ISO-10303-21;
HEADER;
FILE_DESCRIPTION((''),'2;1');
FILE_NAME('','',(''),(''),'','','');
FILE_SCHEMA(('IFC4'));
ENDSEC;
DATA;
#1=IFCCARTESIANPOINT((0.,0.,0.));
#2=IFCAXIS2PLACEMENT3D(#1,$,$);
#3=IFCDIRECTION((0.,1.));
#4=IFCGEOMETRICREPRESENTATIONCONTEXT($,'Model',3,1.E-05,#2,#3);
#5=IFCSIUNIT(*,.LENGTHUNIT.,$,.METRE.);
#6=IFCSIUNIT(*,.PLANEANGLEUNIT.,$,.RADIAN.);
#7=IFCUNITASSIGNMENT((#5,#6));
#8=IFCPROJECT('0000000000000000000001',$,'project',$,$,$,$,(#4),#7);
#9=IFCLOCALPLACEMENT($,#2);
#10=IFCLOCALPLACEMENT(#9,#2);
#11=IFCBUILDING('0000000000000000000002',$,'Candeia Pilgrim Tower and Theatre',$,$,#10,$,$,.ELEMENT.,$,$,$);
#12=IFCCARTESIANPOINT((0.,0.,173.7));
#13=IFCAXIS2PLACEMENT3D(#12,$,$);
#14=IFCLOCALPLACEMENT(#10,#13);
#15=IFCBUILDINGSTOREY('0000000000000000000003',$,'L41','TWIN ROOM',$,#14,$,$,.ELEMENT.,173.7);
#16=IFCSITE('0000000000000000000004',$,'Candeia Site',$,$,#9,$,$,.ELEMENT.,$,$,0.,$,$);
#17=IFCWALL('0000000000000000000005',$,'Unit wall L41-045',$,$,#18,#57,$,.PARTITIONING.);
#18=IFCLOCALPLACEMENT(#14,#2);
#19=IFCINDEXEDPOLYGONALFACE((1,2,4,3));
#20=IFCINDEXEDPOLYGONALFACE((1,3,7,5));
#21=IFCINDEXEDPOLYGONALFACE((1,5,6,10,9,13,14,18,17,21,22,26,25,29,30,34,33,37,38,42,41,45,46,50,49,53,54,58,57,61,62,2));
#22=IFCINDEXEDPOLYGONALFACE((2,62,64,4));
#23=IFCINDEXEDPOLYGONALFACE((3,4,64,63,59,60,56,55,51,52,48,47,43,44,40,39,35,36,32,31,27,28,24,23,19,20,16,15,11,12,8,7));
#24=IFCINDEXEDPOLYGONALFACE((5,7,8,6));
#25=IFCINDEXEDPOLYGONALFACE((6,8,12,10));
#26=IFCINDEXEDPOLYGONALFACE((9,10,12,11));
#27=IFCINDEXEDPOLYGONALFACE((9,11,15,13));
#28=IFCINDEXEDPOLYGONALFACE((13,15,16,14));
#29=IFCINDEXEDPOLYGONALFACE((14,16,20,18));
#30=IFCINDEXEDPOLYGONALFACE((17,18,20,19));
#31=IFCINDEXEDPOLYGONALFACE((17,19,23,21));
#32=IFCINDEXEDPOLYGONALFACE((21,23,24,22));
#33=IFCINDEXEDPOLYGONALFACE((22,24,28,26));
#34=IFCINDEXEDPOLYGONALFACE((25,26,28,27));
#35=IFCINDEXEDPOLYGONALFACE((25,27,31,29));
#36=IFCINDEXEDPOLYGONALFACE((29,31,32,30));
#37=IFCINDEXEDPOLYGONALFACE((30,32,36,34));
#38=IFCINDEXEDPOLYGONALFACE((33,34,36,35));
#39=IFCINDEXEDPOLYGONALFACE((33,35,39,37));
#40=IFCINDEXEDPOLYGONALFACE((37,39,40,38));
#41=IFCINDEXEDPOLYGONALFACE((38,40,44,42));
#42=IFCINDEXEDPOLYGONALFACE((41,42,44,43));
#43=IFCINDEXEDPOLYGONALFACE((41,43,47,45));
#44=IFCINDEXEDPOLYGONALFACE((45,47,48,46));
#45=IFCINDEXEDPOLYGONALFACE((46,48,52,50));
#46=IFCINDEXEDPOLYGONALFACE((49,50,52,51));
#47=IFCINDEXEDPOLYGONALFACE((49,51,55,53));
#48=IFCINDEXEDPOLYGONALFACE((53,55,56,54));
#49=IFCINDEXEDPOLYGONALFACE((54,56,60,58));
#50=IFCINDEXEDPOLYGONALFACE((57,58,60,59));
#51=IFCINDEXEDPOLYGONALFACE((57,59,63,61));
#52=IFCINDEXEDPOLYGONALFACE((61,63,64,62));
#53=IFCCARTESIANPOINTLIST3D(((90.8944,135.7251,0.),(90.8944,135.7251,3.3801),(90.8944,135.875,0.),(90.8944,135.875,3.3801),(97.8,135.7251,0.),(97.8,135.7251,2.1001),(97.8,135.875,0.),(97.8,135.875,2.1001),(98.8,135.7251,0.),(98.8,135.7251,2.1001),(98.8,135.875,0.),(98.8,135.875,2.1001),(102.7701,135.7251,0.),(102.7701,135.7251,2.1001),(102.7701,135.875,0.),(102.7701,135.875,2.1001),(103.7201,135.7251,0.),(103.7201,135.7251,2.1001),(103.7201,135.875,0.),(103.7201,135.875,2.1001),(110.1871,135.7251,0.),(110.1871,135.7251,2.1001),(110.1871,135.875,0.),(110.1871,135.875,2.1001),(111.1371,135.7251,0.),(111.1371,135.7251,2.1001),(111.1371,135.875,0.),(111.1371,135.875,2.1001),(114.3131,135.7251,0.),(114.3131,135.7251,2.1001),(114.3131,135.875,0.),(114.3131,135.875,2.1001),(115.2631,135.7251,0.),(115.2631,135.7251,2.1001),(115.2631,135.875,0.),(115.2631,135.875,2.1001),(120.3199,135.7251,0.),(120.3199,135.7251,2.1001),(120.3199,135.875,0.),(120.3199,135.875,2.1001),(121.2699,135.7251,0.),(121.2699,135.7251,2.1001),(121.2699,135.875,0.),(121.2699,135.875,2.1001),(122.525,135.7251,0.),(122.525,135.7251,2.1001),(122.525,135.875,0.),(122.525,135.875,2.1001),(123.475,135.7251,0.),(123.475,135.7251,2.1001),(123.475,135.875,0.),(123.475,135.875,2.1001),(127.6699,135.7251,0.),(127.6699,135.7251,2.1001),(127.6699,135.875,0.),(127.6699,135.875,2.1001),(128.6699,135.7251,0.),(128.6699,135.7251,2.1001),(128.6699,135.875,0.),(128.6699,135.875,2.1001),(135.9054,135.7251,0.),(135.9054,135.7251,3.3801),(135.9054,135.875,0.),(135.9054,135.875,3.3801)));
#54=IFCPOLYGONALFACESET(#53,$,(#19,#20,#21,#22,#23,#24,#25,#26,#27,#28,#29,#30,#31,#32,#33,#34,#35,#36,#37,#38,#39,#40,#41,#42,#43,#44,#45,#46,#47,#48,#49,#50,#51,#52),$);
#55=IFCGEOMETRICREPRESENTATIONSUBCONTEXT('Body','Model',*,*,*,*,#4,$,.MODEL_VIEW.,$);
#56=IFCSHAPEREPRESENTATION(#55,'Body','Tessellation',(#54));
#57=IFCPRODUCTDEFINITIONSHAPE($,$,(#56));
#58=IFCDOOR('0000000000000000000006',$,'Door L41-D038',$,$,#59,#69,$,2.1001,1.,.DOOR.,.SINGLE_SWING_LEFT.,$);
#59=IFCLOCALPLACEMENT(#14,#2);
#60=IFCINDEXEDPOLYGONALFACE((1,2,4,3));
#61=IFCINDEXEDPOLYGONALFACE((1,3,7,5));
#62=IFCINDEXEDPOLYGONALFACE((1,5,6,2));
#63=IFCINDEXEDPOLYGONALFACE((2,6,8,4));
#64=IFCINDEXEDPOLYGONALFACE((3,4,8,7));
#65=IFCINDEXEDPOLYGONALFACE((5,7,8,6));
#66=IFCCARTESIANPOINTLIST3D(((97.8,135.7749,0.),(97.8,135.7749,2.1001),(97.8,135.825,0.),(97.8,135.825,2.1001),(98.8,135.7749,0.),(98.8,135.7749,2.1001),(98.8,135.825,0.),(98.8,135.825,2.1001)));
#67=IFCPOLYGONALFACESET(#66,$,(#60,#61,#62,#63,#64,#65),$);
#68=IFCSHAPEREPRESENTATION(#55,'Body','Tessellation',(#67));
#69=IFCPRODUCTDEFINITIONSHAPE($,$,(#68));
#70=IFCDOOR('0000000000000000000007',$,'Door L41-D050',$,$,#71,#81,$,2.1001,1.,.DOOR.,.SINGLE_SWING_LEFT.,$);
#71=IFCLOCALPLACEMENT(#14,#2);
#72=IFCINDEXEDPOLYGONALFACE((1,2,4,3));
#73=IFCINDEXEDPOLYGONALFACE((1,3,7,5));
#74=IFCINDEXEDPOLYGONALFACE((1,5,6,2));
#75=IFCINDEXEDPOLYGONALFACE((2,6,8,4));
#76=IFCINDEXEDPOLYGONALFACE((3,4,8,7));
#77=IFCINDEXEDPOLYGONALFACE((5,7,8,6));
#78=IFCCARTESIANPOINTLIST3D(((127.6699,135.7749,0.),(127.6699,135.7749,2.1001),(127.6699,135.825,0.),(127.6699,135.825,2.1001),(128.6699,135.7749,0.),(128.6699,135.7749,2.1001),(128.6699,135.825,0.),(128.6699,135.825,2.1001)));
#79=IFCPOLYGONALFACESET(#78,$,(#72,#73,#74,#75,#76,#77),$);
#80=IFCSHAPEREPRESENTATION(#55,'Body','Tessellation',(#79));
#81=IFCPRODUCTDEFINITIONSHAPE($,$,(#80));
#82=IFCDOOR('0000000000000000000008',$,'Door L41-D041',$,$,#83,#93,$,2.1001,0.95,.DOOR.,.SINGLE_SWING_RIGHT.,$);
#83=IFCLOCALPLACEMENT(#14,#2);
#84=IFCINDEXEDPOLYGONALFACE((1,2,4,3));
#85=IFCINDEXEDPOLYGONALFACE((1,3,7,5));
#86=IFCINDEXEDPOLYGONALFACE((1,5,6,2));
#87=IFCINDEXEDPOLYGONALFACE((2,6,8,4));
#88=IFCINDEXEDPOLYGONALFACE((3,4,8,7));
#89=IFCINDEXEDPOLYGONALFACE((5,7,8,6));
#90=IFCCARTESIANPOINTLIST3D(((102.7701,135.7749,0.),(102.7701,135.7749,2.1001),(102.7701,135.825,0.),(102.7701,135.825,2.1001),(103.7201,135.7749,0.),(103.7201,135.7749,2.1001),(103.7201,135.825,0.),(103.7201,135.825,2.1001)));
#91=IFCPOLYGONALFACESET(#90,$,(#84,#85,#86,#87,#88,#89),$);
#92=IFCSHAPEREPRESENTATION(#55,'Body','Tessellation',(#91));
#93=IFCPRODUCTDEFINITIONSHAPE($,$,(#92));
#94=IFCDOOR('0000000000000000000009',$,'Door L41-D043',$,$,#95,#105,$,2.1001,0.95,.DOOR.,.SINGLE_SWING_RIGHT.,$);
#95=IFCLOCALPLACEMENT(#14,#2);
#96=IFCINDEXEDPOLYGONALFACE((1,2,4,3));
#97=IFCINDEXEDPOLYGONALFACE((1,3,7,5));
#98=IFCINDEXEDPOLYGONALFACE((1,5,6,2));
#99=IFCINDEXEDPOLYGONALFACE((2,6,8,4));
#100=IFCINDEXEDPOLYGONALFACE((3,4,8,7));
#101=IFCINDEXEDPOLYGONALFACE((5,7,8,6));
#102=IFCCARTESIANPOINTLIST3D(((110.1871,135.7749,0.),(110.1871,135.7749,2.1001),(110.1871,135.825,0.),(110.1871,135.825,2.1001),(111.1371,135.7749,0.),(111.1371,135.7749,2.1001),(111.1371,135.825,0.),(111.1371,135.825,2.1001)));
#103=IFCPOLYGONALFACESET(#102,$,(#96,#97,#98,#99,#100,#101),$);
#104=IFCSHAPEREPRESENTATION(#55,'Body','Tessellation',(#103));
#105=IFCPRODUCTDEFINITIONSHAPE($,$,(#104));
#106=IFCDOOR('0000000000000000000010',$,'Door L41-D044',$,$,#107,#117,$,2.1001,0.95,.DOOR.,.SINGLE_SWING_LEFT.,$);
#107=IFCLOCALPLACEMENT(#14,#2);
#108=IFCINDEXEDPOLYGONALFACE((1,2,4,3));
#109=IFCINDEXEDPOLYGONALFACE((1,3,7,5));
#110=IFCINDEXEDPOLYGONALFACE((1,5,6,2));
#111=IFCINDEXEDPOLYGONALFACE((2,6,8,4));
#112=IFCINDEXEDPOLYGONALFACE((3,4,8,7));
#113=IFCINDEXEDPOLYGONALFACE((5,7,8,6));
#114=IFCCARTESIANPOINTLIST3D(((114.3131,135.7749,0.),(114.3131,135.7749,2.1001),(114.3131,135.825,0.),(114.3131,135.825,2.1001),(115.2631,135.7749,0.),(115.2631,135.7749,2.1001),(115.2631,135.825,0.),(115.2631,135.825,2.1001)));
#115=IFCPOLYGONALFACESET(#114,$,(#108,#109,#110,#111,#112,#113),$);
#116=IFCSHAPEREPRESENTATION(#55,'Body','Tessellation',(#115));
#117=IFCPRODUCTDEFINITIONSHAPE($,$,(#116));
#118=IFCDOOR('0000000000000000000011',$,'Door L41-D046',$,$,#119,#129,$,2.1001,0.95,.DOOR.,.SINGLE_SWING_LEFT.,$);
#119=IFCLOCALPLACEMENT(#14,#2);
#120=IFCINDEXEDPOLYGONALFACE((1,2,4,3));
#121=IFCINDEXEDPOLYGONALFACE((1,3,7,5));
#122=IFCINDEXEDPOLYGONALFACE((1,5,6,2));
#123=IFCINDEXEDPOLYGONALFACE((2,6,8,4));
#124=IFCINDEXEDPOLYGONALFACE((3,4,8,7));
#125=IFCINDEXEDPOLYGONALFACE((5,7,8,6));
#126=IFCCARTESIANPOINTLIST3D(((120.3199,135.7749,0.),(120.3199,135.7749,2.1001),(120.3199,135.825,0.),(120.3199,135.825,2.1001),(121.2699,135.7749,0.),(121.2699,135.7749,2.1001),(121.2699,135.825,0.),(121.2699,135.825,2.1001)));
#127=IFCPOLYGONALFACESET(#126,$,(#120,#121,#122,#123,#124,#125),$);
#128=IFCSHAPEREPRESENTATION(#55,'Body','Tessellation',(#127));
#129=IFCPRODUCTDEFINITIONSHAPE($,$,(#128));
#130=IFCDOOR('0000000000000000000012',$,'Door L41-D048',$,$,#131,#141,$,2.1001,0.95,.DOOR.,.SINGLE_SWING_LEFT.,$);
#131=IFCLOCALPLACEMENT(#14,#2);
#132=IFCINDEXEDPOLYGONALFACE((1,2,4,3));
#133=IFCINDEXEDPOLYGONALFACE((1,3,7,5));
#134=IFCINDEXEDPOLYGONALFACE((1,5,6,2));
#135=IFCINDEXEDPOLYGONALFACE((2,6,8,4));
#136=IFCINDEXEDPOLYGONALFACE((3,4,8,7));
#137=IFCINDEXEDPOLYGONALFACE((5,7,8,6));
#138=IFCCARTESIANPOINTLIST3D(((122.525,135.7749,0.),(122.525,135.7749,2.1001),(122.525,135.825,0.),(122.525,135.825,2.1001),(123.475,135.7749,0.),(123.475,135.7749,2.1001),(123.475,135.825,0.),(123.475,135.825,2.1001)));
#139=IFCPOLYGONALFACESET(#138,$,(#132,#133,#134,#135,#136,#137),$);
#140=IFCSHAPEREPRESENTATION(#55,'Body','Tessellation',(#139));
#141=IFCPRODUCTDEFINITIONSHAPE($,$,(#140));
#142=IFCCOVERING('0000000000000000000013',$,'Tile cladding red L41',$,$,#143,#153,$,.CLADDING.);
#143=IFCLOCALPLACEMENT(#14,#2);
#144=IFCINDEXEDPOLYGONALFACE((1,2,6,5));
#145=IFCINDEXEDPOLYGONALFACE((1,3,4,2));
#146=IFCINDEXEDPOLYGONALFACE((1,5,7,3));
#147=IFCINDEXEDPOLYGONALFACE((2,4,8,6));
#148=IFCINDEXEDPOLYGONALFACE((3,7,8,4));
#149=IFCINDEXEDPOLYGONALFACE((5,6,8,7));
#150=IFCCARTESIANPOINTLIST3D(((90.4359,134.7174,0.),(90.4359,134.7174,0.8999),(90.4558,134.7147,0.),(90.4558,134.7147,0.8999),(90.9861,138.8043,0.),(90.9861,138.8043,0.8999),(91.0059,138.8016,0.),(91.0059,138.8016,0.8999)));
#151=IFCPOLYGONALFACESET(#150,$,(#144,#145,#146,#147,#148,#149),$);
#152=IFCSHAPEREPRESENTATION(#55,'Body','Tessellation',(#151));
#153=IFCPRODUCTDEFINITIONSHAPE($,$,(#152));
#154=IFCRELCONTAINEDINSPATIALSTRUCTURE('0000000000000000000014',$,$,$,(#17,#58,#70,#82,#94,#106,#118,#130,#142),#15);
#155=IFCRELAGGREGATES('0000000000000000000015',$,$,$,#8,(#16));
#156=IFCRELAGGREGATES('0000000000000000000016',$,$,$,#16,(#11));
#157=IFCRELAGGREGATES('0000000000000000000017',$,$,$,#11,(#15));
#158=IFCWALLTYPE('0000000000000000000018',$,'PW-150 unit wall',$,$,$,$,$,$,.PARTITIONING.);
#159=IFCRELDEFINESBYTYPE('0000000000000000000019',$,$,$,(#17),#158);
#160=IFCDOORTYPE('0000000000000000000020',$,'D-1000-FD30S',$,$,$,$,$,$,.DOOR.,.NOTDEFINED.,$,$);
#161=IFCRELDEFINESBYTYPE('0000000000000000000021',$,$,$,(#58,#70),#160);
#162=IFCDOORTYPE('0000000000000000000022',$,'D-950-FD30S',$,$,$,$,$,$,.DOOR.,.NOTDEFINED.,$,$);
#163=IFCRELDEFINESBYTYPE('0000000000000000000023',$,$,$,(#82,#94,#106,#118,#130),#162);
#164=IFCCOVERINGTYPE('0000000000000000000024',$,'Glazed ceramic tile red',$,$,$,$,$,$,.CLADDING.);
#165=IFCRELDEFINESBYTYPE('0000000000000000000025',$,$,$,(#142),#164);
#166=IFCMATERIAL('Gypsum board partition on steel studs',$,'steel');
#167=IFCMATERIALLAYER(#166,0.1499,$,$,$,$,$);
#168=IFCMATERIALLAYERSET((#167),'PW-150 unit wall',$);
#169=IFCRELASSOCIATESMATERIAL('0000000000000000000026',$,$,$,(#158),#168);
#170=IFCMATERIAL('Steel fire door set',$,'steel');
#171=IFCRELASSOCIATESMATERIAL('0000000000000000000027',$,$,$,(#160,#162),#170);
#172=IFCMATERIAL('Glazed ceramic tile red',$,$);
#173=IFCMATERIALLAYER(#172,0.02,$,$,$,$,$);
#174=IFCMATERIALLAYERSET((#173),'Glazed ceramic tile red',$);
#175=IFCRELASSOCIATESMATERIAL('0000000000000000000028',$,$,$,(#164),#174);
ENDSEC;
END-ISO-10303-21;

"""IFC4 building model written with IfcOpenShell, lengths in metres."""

from ifc_helpers import new_model, si_unit, direction, frame, frame_2d, origin, origin_2d, place, context, subcontext, project, spatial, rectangle, extrude, material, layer, layer_set, type_object, element, fill, save


model = new_model("IFC4")

# Units and contexts
model_context = context("Model", 3, precision=1e-05, world=origin(), true_north=direction((0.0, 1.0)))
body_context = subcontext(model_context, "Body", "Model", "MODEL_VIEW")
ifc_project = project(units=[si_unit("LENGTHUNIT", "METRE"), si_unit("PLANEANGLEUNIT", "RADIAN")], contexts=[model_context])

# Site, building, storey
site_placement = place(None, origin())
site = spatial("IfcSite", under=ifc_project, at=site_placement, Name="Candeia Site", CompositionType="ELEMENT", RefElevation=0.0)
building_placement = place(site_placement, origin())
building = spatial("IfcBuilding", under=site, at=building_placement, Name="Candeia Pilgrim Tower and Theatre", CompositionType="ELEMENT")
storey_placement = place(building_placement, frame((0.0, 0.0, 173.7)))
storey = spatial("IfcBuildingStorey", under=building, at=storey_placement, Name="L41", Description="TWIN ROOM", CompositionType="ELEMENT", Elevation=173.7)

# Shared definitions
ifc_material_1 = material(Name="Gypsum board partition on steel studs", Category="steel")

# Wall, openings, doors
ifc_layer_1 = layer(ifc_material_1, 0.1499)
ifc_layer_set_1 = layer_set([ifc_layer_1], Name="PW-150 unit wall")
wall_type_1 = type_object("IfcWallType", Name="PW-150 unit wall", PredefinedType="PARTITIONING", material=ifc_layer_set_1)
wall_1_placement = place(storey_placement, frame((90.8945, 135.8, 0.0), z_axis=(0.0, 0.0, 1.0), x_axis=(1.0, 0.0, 0.0)))
wall_1 = element("IfcWall", 1, at=wall_1_placement, inside=storey, type_object=wall_type_1, Name="Unit wall L41-045", PredefinedType="PARTITIONING", context=body_context, shape_type="SweptSolid", body=[
    extrude(rectangle(XDim=45.011, YDim=0.1499, at=frame_2d((22.5054, 0.0))), origin(), (0.0, 0.0, 1.0), 3.3801),
])
opening_1_placement = place(wall_1_placement, frame((6.9055, 0.0, 0.0)))
opening_1 = element("IfcOpeningElement", 2, at=opening_1_placement, cuts=wall_1, PredefinedType="OPENING", context=body_context, shape_type="SweptSolid", body=[
    extrude(rectangle(XDim=1.0, YDim=2.1001, at=frame_2d((0.5, 1.05))), frame((0.0, 0.085, 0.0), z_axis=(0.0, -1.0, 0.0), x_axis=(1.0, 0.0, 0.0)), (0.0, 0.0, 1.0), 0.1699),
])
opening_2_placement = place(wall_1_placement, frame((11.8755, 0.0, 0.0)))
opening_2 = element("IfcOpeningElement", 3, at=opening_2_placement, cuts=wall_1, PredefinedType="OPENING", context=body_context, shape_type="SweptSolid", body=[
    extrude(rectangle(XDim=0.95, YDim=2.1001, at=frame_2d((0.4751, 1.05))), frame((0.0, 0.085, 0.0), z_axis=(0.0, -1.0, 0.0), x_axis=(1.0, 0.0, 0.0)), (0.0, 0.0, 1.0), 0.1699),
])
opening_3_placement = place(wall_1_placement, frame((19.2925, 0.0, 0.0)))
opening_3 = element("IfcOpeningElement", 4, at=opening_3_placement, cuts=wall_1, PredefinedType="OPENING", context=body_context, shape_type="SweptSolid", body=[
    extrude(rectangle(XDim=0.95, YDim=2.1001, at=frame_2d((0.4751, 1.05))), frame((0.0, 0.085, 0.0), z_axis=(0.0, -1.0, 0.0), x_axis=(1.0, 0.0, 0.0)), (0.0, 0.0, 1.0), 0.1699),
])
opening_4_placement = place(wall_1_placement, frame((23.4185, 0.0, 0.0)))
opening_4 = element("IfcOpeningElement", 5, at=opening_4_placement, cuts=wall_1, PredefinedType="OPENING", context=body_context, shape_type="SweptSolid", body=[
    extrude(rectangle(XDim=0.95, YDim=2.1001, at=frame_2d((0.4751, 1.05))), frame((0.0, 0.085, 0.0), z_axis=(0.0, -1.0, 0.0), x_axis=(1.0, 0.0, 0.0)), (0.0, 0.0, 1.0), 0.1699),
])
opening_5_placement = place(wall_1_placement, frame((29.4253, 0.0, 0.0)))
opening_5 = element("IfcOpeningElement", 6, at=opening_5_placement, cuts=wall_1, PredefinedType="OPENING", context=body_context, shape_type="SweptSolid", body=[
    extrude(rectangle(XDim=0.95, YDim=2.1001, at=frame_2d((0.4751, 1.05))), frame((0.0, 0.085, 0.0), z_axis=(0.0, -1.0, 0.0), x_axis=(1.0, 0.0, 0.0)), (0.0, 0.0, 1.0), 0.1699),
])
opening_6_placement = place(wall_1_placement, frame((31.6304, 0.0, 0.0)))
opening_6 = element("IfcOpeningElement", 7, at=opening_6_placement, cuts=wall_1, PredefinedType="OPENING", context=body_context, shape_type="SweptSolid", body=[
    extrude(rectangle(XDim=0.95, YDim=2.1001, at=frame_2d((0.4751, 1.05))), frame((0.0, 0.085, 0.0), z_axis=(0.0, -1.0, 0.0), x_axis=(1.0, 0.0, 0.0)), (0.0, 0.0, 1.0), 0.1699),
])
opening_7_placement = place(wall_1_placement, frame((36.7754, 0.0, 0.0)))
opening_7 = element("IfcOpeningElement", 8, at=opening_7_placement, cuts=wall_1, PredefinedType="OPENING", context=body_context, shape_type="SweptSolid", body=[
    extrude(rectangle(XDim=1.0, YDim=2.1001, at=frame_2d((0.5, 1.05))), frame((0.0, 0.085, 0.0), z_axis=(0.0, -1.0, 0.0), x_axis=(1.0, 0.0, 0.0)), (0.0, 0.0, 1.0), 0.1699),
])
ifc_material_2 = material(Name="Steel fire door set", Category="steel")
door_type_1 = type_object("IfcDoorType", Name="D-1000-FD30S", OperationType="NOTDEFINED", PredefinedType="DOOR", material=ifc_material_2)
door_1_placement = place(opening_1_placement, origin())
door_1 = element("IfcDoor", 9, at=door_1_placement, inside=storey, type_object=door_type_1, Name="Door L41-D038", OperationType="SINGLE_SWING_LEFT", OverallHeight=2.1001, OverallWidth=1.0, PredefinedType="DOOR", context=body_context, shape_type="SweptSolid", body=[
    extrude(rectangle(XDim=1.0, YDim=2.1001, at=frame_2d((0.5, 1.05))), frame((0.0, 0.0249, 0.0), z_axis=(0.0, -1.0, 0.0), x_axis=(1.0, 0.0, 0.0)), (0.0, 0.0, 1.0), 0.05),
])
fill(opening_1, door_1)
door_2_placement = place(opening_7_placement, origin())
door_2 = element("IfcDoor", 10, at=door_2_placement, inside=storey, type_object=door_type_1, Name="Door L41-D050", OperationType="SINGLE_SWING_LEFT", OverallHeight=2.1001, OverallWidth=1.0, PredefinedType="DOOR", context=body_context, shape_type="SweptSolid", body=[
    extrude(rectangle(XDim=1.0, YDim=2.1001, at=frame_2d((0.5, 1.05))), frame((0.0, 0.0249, 0.0), z_axis=(0.0, -1.0, 0.0), x_axis=(1.0, 0.0, 0.0)), (0.0, 0.0, 1.0), 0.05),
])
fill(opening_7, door_2)
door_type_2 = type_object("IfcDoorType", Name="D-950-FD30S", OperationType="NOTDEFINED", PredefinedType="DOOR", material=ifc_material_2)
door_3_placement = place(opening_2_placement, origin())
door_3 = element("IfcDoor", 11, at=door_3_placement, inside=storey, type_object=door_type_2, Name="Door L41-D041", OperationType="SINGLE_SWING_RIGHT", OverallHeight=2.1001, OverallWidth=0.95, PredefinedType="DOOR", context=body_context, shape_type="SweptSolid", body=[
    extrude(rectangle(XDim=0.95, YDim=2.1001, at=frame_2d((0.4751, 1.05))), frame((0.0, 0.0249, 0.0), z_axis=(0.0, -1.0, 0.0), x_axis=(1.0, 0.0, 0.0)), (0.0, 0.0, 1.0), 0.05),
])
fill(opening_2, door_3)
door_4_placement = place(opening_3_placement, origin())
door_4 = element("IfcDoor", 12, at=door_4_placement, inside=storey, type_object=door_type_2, Name="Door L41-D043", OperationType="SINGLE_SWING_RIGHT", OverallHeight=2.1001, OverallWidth=0.95, PredefinedType="DOOR", context=body_context, shape_type="SweptSolid", body=[
    extrude(rectangle(XDim=0.95, YDim=2.1001, at=frame_2d((0.4751, 1.05))), frame((0.0, 0.0249, 0.0), z_axis=(0.0, -1.0, 0.0), x_axis=(1.0, 0.0, 0.0)), (0.0, 0.0, 1.0), 0.05),
])
fill(opening_3, door_4)
door_5_placement = place(opening_4_placement, origin())
door_5 = element("IfcDoor", 13, at=door_5_placement, inside=storey, type_object=door_type_2, Name="Door L41-D044", OperationType="SINGLE_SWING_LEFT", OverallHeight=2.1001, OverallWidth=0.95, PredefinedType="DOOR", context=body_context, shape_type="SweptSolid", body=[
    extrude(rectangle(XDim=0.95, YDim=2.1001, at=frame_2d((0.4751, 1.05))), frame((0.0, 0.0249, 0.0), z_axis=(0.0, -1.0, 0.0), x_axis=(1.0, 0.0, 0.0)), (0.0, 0.0, 1.0), 0.05),
])
fill(opening_4, door_5)
door_6_placement = place(opening_5_placement, origin())
door_6 = element("IfcDoor", 14, at=door_6_placement, inside=storey, type_object=door_type_2, Name="Door L41-D046", OperationType="SINGLE_SWING_LEFT", OverallHeight=2.1001, OverallWidth=0.95, PredefinedType="DOOR", context=body_context, shape_type="SweptSolid", body=[
    extrude(rectangle(XDim=0.95, YDim=2.1001, at=frame_2d((0.4751, 1.05))), frame((0.0, 0.0249, 0.0), z_axis=(0.0, -1.0, 0.0), x_axis=(1.0, 0.0, 0.0)), (0.0, 0.0, 1.0), 0.05),
])
fill(opening_5, door_6)
door_7_placement = place(opening_6_placement, origin())
door_7 = element("IfcDoor", 15, at=door_7_placement, inside=storey, type_object=door_type_2, Name="Door L41-D048", OperationType="SINGLE_SWING_LEFT", OverallHeight=2.1001, OverallWidth=0.95, PredefinedType="DOOR", context=body_context, shape_type="SweptSolid", body=[
    extrude(rectangle(XDim=0.95, YDim=2.1001, at=frame_2d((0.4751, 1.05))), frame((0.0, 0.0249, 0.0), z_axis=(0.0, -1.0, 0.0), x_axis=(1.0, 0.0, 0.0)), (0.0, 0.0, 1.0), 0.05),
])
fill(opening_6, door_7)

# Covering
ifc_material_3 = material(Name="Glazed ceramic tile red")
ifc_layer_2 = layer(ifc_material_3, 0.02)
ifc_layer_set_2 = layer_set([ifc_layer_2], Name="Glazed ceramic tile red")
covering_type = type_object("IfcCoveringType", Name="Glazed ceramic tile red", PredefinedType="CLADDING", material=ifc_layer_set_2)
covering_1_placement = place(storey_placement, frame((90.7209, 136.7595, 0.0), z_axis=(0.0, 0.0, 1.0), x_axis=(-0.133412, -0.991061, 0.0)))
element("IfcCovering", 16, at=covering_1_placement, inside=storey, type_object=covering_type, Name="Tile cladding red L41", PredefinedType="CLADDING", context=body_context, shape_type="SweptSolid", body=[
    extrude(rectangle(XDim=4.1238, YDim=0.02, at=origin_2d()), origin(), (0.0, 0.0, 1.0), 0.8999),
])

save(model, "model.ifc")
